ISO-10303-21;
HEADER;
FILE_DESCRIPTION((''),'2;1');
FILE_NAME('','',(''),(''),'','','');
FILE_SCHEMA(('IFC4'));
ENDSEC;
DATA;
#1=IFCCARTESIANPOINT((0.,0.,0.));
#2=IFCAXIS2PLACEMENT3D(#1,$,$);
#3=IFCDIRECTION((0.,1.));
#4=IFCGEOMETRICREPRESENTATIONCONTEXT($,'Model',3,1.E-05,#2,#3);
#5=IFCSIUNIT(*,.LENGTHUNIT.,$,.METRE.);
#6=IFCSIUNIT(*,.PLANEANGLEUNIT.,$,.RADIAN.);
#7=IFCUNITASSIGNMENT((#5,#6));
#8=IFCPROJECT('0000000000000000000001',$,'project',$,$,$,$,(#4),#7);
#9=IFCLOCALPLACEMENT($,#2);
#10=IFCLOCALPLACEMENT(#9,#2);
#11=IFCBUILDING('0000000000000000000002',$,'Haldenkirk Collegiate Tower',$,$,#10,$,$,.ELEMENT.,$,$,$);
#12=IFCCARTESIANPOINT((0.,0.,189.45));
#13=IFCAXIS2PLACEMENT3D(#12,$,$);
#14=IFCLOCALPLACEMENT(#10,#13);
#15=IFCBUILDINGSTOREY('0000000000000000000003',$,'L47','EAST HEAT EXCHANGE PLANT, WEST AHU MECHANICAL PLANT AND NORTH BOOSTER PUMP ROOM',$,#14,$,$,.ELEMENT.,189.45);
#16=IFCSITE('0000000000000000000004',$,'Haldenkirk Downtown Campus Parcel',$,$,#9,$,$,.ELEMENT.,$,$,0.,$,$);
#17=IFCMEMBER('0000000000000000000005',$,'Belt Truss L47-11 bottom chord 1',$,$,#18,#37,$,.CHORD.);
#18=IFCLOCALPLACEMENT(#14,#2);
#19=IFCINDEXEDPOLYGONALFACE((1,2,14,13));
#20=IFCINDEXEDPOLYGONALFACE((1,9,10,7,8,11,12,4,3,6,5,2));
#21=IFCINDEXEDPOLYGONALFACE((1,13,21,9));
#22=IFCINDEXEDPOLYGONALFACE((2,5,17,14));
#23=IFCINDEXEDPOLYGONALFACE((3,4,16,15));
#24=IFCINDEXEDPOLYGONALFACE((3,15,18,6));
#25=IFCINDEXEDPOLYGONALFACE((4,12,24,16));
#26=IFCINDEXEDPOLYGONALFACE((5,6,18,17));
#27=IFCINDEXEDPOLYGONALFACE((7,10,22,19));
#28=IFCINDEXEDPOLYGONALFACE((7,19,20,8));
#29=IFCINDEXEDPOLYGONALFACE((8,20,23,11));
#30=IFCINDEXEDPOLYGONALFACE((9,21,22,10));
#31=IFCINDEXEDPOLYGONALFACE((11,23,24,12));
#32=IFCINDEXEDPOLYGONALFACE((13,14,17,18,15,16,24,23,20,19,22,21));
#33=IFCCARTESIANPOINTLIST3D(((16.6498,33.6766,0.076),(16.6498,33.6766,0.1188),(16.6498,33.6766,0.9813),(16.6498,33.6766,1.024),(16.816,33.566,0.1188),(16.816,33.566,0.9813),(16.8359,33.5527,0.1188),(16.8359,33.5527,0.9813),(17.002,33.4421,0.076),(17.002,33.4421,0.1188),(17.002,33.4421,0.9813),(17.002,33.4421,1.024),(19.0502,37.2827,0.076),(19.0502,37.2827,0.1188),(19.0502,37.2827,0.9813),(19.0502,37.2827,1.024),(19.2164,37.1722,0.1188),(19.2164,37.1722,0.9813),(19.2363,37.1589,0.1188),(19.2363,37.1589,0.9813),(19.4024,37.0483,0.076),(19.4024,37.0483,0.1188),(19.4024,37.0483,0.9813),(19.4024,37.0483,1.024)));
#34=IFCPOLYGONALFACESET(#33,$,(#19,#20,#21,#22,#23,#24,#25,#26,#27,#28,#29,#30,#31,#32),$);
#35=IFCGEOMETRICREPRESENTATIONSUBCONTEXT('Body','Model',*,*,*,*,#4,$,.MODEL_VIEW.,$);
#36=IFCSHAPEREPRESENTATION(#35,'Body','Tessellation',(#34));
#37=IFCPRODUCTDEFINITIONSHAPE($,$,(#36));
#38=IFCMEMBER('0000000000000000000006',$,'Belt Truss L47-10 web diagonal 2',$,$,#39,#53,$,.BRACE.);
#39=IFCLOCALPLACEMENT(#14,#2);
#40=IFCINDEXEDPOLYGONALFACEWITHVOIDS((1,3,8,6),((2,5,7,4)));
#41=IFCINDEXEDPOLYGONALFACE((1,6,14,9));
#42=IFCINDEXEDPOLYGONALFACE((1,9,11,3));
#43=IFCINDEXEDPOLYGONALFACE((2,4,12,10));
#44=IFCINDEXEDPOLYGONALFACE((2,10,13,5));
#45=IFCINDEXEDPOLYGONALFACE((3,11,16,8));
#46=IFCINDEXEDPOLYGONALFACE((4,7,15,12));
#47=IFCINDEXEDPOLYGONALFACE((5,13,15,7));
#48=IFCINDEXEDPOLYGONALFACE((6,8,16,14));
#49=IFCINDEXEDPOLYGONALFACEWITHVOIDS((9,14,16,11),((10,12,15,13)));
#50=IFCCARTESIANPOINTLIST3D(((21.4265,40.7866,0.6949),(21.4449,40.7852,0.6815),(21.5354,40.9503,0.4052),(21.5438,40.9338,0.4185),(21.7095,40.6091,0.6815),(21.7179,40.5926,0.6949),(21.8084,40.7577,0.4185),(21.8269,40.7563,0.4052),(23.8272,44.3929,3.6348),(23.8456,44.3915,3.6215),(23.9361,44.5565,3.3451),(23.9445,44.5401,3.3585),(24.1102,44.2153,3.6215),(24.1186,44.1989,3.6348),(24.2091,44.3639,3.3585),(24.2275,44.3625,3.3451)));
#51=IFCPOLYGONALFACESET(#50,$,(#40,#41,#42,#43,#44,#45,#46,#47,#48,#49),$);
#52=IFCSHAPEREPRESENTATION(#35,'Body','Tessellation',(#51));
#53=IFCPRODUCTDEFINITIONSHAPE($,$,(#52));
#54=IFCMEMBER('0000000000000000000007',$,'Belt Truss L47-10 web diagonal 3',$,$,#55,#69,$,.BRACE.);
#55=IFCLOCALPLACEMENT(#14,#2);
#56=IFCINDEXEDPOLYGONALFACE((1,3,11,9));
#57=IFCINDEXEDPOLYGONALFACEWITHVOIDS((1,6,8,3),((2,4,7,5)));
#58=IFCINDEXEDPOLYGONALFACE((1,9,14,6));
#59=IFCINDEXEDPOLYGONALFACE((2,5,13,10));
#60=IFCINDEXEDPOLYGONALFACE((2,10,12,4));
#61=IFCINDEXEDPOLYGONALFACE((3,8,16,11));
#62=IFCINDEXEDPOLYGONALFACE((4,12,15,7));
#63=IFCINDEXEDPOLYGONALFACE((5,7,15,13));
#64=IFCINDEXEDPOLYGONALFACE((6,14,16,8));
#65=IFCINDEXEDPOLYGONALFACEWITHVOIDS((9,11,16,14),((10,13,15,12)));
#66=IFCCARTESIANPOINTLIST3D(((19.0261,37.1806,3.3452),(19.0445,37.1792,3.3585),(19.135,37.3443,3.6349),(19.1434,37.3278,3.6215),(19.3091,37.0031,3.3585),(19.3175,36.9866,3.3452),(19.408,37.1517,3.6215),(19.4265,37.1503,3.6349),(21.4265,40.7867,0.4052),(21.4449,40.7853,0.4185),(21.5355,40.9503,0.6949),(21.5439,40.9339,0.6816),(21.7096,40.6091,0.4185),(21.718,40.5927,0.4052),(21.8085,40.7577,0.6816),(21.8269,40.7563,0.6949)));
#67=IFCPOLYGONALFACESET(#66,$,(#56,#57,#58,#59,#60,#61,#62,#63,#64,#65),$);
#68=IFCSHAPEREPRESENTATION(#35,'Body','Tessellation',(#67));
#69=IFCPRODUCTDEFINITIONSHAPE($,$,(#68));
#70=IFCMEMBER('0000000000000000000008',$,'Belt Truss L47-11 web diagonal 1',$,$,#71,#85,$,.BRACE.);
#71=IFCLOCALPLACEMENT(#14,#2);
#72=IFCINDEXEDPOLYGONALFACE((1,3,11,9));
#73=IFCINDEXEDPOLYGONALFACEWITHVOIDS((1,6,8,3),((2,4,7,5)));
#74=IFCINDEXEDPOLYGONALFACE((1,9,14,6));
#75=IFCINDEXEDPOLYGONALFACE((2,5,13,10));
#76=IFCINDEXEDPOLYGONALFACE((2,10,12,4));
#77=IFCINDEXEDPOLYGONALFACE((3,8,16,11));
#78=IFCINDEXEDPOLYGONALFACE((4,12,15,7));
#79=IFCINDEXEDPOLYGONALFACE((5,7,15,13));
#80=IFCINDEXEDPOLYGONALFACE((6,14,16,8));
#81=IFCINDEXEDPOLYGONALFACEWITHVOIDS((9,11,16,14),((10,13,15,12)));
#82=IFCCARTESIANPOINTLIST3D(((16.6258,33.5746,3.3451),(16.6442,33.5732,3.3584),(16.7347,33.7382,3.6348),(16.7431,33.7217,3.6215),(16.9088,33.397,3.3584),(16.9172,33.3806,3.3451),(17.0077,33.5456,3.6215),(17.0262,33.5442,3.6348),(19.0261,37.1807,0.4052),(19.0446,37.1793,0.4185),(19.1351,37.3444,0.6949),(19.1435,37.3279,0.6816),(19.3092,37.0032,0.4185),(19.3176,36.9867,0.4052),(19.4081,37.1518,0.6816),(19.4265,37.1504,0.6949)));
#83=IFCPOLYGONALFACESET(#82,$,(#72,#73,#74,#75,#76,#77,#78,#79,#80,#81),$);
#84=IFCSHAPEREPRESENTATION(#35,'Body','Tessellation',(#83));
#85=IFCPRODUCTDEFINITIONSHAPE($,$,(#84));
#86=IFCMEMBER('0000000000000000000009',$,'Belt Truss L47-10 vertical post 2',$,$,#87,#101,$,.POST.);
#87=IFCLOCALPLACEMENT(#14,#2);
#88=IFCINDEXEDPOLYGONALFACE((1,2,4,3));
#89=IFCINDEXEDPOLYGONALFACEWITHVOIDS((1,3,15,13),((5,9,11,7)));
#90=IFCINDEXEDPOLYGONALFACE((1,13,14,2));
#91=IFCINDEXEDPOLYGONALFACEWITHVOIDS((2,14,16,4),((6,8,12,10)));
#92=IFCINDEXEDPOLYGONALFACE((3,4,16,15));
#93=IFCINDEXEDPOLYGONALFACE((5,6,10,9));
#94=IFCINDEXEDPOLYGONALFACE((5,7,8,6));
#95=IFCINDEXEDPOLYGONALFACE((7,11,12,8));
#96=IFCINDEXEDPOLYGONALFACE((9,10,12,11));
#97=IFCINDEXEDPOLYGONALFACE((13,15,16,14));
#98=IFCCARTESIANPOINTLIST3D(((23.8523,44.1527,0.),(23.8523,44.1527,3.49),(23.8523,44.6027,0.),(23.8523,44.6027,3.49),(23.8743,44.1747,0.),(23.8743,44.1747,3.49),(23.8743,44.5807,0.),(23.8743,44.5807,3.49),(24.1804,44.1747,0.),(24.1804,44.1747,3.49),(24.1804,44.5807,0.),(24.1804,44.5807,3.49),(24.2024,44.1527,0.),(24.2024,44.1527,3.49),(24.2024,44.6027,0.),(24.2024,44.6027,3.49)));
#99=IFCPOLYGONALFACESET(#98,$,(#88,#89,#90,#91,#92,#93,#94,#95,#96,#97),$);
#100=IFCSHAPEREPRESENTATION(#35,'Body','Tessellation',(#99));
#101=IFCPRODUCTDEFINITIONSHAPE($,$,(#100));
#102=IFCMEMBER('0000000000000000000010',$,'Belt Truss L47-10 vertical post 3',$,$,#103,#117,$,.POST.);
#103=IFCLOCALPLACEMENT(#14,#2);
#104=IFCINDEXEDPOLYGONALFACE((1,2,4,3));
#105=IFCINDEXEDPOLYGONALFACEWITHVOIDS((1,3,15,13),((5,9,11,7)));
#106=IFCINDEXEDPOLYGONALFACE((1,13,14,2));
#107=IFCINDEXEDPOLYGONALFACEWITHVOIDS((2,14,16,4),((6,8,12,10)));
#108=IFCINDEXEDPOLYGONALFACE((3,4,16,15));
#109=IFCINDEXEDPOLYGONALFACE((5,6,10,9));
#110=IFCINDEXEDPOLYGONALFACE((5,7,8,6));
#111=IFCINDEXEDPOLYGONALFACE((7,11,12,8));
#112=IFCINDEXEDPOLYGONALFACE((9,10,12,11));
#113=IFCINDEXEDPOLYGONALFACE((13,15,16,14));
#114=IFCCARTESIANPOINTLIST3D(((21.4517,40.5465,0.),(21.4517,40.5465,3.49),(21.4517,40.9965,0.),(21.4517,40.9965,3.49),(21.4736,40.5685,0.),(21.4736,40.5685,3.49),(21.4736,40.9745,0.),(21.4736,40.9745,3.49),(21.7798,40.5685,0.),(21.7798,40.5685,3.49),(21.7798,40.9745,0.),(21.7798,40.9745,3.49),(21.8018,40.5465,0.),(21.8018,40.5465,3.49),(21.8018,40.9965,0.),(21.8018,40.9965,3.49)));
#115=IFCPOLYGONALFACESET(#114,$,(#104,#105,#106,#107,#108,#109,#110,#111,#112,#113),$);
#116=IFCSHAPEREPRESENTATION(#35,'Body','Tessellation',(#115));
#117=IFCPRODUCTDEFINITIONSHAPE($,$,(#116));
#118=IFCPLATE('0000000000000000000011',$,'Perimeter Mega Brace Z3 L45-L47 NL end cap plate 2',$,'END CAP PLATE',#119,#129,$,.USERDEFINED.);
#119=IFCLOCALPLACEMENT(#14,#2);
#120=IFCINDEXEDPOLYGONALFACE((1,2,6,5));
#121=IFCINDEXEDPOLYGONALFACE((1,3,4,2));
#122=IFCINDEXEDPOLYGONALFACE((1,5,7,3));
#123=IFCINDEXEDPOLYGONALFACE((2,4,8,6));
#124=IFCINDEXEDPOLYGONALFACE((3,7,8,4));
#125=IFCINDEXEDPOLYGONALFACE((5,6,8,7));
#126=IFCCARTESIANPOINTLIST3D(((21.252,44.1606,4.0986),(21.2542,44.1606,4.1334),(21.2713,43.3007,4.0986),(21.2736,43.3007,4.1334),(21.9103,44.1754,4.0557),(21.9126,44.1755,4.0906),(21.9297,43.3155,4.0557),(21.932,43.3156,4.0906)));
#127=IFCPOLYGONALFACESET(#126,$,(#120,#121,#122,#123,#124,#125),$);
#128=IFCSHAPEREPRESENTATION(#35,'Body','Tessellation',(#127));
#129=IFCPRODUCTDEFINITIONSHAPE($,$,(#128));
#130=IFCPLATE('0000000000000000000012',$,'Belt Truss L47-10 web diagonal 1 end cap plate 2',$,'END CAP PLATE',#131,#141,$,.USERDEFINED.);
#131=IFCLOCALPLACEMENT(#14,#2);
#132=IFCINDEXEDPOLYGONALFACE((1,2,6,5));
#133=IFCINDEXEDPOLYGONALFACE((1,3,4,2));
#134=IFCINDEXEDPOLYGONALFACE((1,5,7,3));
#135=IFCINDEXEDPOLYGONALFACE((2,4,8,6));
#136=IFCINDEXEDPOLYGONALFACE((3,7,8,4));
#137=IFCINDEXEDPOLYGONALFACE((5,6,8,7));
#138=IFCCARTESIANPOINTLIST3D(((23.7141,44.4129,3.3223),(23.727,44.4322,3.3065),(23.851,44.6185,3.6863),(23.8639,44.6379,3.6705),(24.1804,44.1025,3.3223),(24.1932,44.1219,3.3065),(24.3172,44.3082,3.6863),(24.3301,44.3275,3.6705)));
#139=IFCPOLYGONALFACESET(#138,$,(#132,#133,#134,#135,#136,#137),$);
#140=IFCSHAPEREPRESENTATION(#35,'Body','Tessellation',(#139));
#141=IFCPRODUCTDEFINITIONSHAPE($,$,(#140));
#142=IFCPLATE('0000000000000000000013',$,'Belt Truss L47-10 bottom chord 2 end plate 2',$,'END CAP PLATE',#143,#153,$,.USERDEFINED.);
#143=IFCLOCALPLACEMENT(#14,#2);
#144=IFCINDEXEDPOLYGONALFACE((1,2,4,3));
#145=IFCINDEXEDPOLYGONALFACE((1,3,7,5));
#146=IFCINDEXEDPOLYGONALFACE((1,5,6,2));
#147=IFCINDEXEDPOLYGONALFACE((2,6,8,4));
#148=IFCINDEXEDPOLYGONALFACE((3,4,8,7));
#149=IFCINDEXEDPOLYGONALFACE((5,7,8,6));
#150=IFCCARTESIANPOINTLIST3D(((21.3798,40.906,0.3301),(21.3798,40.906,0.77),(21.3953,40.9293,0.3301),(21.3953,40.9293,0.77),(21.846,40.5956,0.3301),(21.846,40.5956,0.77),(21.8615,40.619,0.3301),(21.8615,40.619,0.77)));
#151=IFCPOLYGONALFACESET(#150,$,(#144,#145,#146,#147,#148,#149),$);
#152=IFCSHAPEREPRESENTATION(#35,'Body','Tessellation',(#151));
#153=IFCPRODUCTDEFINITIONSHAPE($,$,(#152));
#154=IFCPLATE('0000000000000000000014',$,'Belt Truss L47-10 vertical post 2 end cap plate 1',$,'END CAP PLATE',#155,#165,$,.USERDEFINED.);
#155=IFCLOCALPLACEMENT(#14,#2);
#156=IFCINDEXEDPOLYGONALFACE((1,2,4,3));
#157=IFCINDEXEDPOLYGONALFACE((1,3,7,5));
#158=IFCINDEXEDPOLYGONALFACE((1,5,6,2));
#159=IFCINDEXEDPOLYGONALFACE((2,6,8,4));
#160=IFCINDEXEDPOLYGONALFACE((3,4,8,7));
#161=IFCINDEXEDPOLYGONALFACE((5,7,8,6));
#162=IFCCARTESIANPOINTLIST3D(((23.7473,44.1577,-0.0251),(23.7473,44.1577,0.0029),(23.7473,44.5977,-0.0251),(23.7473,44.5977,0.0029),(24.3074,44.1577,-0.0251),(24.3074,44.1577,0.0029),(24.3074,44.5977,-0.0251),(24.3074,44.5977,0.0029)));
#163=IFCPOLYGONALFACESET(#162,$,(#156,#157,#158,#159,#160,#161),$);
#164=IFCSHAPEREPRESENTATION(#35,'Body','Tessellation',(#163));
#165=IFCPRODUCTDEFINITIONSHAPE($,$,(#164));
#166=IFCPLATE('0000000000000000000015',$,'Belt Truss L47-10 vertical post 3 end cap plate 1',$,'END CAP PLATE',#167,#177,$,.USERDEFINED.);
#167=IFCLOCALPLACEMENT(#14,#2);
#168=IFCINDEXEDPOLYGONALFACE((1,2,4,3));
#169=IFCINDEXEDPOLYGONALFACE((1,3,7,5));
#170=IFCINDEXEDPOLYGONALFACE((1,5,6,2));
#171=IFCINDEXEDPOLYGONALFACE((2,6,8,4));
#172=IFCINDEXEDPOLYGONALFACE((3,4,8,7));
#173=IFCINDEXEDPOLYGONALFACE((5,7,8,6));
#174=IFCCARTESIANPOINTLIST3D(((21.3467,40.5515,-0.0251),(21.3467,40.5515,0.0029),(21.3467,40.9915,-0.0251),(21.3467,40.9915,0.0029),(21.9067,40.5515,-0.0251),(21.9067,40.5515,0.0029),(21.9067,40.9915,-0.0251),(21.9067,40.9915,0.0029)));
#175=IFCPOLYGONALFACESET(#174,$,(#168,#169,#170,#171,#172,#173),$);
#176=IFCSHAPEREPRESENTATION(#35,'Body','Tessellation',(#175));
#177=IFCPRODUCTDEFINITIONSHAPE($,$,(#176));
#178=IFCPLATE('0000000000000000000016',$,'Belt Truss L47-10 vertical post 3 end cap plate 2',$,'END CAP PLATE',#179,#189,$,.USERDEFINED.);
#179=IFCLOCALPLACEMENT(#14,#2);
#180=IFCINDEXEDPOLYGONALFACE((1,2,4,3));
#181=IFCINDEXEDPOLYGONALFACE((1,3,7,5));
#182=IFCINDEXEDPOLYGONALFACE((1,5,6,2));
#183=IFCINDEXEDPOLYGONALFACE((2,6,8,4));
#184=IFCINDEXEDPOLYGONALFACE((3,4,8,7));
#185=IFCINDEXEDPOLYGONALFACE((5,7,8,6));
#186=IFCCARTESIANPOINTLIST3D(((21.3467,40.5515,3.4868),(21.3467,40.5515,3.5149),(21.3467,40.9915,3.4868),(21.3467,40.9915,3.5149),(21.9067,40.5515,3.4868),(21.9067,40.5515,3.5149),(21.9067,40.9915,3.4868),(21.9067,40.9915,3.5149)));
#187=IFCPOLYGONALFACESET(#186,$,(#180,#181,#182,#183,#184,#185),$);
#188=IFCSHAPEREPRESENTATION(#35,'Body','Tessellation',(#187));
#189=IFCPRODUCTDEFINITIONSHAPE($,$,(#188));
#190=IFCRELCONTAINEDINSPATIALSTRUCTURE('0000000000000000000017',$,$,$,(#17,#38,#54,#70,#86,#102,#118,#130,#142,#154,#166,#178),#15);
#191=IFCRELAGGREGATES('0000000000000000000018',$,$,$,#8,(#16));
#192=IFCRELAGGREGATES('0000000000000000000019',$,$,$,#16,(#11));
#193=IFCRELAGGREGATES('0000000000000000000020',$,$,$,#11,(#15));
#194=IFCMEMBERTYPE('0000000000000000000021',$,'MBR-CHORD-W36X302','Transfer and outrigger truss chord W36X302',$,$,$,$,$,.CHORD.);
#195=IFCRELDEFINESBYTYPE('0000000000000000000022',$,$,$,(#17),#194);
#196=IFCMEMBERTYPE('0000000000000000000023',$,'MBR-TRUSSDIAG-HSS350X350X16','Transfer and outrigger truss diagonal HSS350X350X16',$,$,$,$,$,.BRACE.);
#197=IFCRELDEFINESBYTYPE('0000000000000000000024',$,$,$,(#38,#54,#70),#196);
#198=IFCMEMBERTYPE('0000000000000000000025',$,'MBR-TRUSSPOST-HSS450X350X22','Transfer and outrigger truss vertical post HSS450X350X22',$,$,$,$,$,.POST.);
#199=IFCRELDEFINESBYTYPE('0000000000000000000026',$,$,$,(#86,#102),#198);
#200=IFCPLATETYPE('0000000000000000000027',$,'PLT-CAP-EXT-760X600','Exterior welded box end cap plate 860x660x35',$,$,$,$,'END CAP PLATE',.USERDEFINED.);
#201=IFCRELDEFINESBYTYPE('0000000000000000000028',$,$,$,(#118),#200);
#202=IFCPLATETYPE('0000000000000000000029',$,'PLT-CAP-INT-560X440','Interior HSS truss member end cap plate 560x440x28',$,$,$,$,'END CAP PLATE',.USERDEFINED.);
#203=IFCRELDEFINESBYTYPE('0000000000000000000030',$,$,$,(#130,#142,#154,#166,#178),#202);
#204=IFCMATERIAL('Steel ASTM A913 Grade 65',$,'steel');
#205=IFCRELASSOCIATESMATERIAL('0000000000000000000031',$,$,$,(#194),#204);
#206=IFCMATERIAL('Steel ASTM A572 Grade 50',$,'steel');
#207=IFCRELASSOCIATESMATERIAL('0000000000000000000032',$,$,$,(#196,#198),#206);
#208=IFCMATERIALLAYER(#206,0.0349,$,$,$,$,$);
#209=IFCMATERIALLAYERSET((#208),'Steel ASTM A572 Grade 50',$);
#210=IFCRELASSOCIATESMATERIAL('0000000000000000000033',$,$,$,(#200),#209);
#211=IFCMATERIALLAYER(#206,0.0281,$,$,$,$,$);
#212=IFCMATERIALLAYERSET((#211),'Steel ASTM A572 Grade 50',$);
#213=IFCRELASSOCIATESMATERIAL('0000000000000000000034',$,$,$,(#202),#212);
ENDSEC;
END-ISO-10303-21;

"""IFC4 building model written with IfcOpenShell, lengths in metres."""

from ifc_helpers import new_model, si_unit, direction, frame, origin, origin_2d, place, context, subcontext, project, spatial, rectangle, hollow_rectangle, i_section, extrude, source, transform, mapped, material, layer, layer_set, material_profile, profile_set, type_object, element, save


model = new_model("IFC4")

# Units and contexts
model_context = context("Model", 3, precision=1e-05, world=origin(), true_north=direction((0.0, 1.0)))
body_context = subcontext(model_context, "Body", "Model", "MODEL_VIEW")
ifc_project = project(units=[si_unit("LENGTHUNIT", "METRE"), si_unit("PLANEANGLEUNIT", "RADIAN")], contexts=[model_context])

# Site, building, storey
site_placement = place(None, origin())
site = spatial("IfcSite", under=ifc_project, at=site_placement, Name="Haldenkirk Downtown Campus Parcel", CompositionType="ELEMENT", RefElevation=0.0)
building_placement = place(site_placement, origin())
building = spatial("IfcBuilding", under=site, at=building_placement, Name="Haldenkirk Collegiate Tower", CompositionType="ELEMENT")
storey_placement = place(building_placement, frame((0.0, 0.0, 189.45)))
storey = spatial("IfcBuildingStorey", under=building, at=storey_placement, Name="L47", Description="EAST HEAT EXCHANGE PLANT, WEST AHU MECHANICAL PLANT AND NORTH BOOSTER PUMP ROOM", CompositionType="ELEMENT", Elevation=189.45)

# Shared definitions
ifc_material_1 = material(Name="Steel ASTM A913 Grade 65", Category="steel")

# Members
ifc_material_2 = material(Name="Steel ASTM A572 Grade 50", Category="steel")
ifc_material_profile_1 = material_profile(ifc_material_1, i_section(OverallWidth=0.4231, OverallDepth=0.948, WebThickness=0.0239, FlangeThickness=0.0427, at=origin_2d()), Name="W36X302")
ifc_profile_set_1 = profile_set([ifc_material_profile_1], Name="Steel ASTM A913 Grade 65")
member_type_1 = type_object("IfcMemberType", Name="MBR-CHORD-W36X302", Description="Transfer and outrigger truss chord W36X302", PredefinedType="CHORD", material=ifc_profile_set_1)
member_1_placement = place(storey_placement, frame((19.2263, 37.1655, 0.55), z_axis=(-0.554102, -0.832449, 0.0), x_axis=(0.832449, -0.554102, 0.0)))
element("IfcMember", 1, at=member_1_placement, inside=storey, type_object=member_type_1, Name="Belt Truss L47-11 bottom chord 1", PredefinedType="CHORD", context=body_context, shape_type="SweptSolid", body=[
    extrude(i_section(OverallWidth=0.4231, OverallDepth=0.948, WebThickness=0.0239, FlangeThickness=0.0427, at=origin_2d()), origin(), (0.0, 0.0, 1.0), 4.332),
])
ifc_material_profile_2 = material_profile(ifc_material_2, hollow_rectangle(XDim=0.3501, YDim=0.3501, WallThickness=0.0161, at=origin_2d()), Name="HSS350X350X16")
ifc_profile_set_2 = profile_set([ifc_material_profile_2], Name="Steel ASTM A572 Grade 50")
member_type_2 = type_object("IfcMemberType", Name="MBR-TRUSSDIAG-HSS350X350X16", Description="Transfer and outrigger truss diagonal HSS350X350X16", PredefinedType="BRACE", material=ifc_profile_set_2)
member_2_placement = place(storey_placement, frame((24.0273, 44.3777, 3.49), z_axis=(-0.458526, -0.688791, -0.561534), x_axis=(0.832423, -0.554141, 0.0)))
element("IfcMember", 2, at=member_2_placement, inside=storey, type_object=member_type_2, Name="Belt Truss L47-10 web diagonal 2", PredefinedType="BRACE", context=body_context, shape_type="SweptSolid", body=[
    extrude(hollow_rectangle(XDim=0.3501, YDim=0.3501, WallThickness=0.0161, at=origin_2d()), origin(), (0.0, 0.0, 1.0), 5.2356),
])
for number, where, z_axis, x_axis, name in (
    (3, (21.6267, 40.7715, 0.55), (-0.458504, -0.688781, 0.561564), (0.832432, -0.554128, 0.0), "Belt Truss L47-10 web diagonal 3"),
    (4, (19.2263, 37.1655, 0.55), (-0.458489, -0.688806, 0.561546), (0.832449, -0.554102, 0.0), "Belt Truss L47-11 web diagonal 1"),
):
    element("IfcMember", number, at=place(storey_placement, frame(where, z_axis=z_axis, x_axis=x_axis)), inside=storey, type_object=member_type_2, Name=name, PredefinedType="BRACE", context=body_context, shape_type="SweptSolid", body=[
        extrude(hollow_rectangle(XDim=0.3501, YDim=0.3501, WallThickness=0.0161, at=origin_2d()), origin(), (0.0, 0.0, 1.0), 5.2354),
    ])
ifc_material_profile_3 = material_profile(ifc_material_2, hollow_rectangle(XDim=0.3501, YDim=0.45, WallThickness=0.022, at=origin_2d()), Name="HSS450X350X22")
ifc_profile_set_3 = profile_set([ifc_material_profile_3], Name="Steel ASTM A572 Grade 50")
member_type_3 = type_object("IfcMemberType", Name="MBR-TRUSSPOST-HSS450X350X22", Description="Transfer and outrigger truss vertical post HSS450X350X22", PredefinedType="POST", material=ifc_profile_set_3)
for number, where, z_axis, x_axis, name in (
    (5, (24.0273, 44.3777, 0.0), (0.0, 0.0, 1.0), (1.0, 0.0, 0.0), "Belt Truss L47-10 vertical post 2"),
    (6, (21.6267, 40.7715, 0.0), (0.0, 0.0, 1.0), (1.0, 0.0, 0.0), "Belt Truss L47-10 vertical post 3"),
):
    element("IfcMember", number, at=place(storey_placement, frame(where, z_axis=z_axis, x_axis=x_axis)), inside=storey, type_object=member_type_3, Name=name, PredefinedType="POST", context=body_context, shape_type="SweptSolid", body=[
        extrude(hollow_rectangle(XDim=0.3501, YDim=0.45, WallThickness=0.022, at=origin_2d()), origin(), (0.0, 0.0, 1.0), 3.49),
    ])

# Plates
ifc_layer_1 = layer(ifc_material_2, 0.0349)
ifc_layer_set_1 = layer_set([ifc_layer_1], Name="Steel ASTM A572 Grade 50")
plate_type_1 = type_object("IfcPlateType", Name="PLT-CAP-EXT-760X600", Description="Exterior welded box end cap plate 860x660x35", ElementType="END CAP PLATE", PredefinedType="USERDEFINED", material=ifc_layer_set_1)
shared_shape_1 = source(origin(), body_context, "Body", "SweptSolid", [
    extrude(rectangle(XDim=0.8601, YDim=0.6599, at=origin_2d()), origin(), (0.0, 0.0, 1.0), 0.0349),
])
plate_placement = place(storey_placement, frame((21.5908, 43.738, 4.0771), z_axis=(0.064855, 0.001462, 0.997894), x_axis=(-0.02253, 0.999746, 0.0)))
element("IfcPlate", 7, at=plate_placement, inside=storey, type_object=plate_type_1, Name="Perimeter Mega Brace Z3 L45-L47 NL end cap plate 2", ObjectType="END CAP PLATE", PredefinedType="USERDEFINED", context=body_context, shape_type="MappedRepresentation", body=[
    mapped(shared_shape_1, transform((0.0, 0.0, 0.0), x_axis=(1.0, 0.0, 0.0), y_axis=(0.0, 1.0, 0.0), z_axis=(0.0, 0.0, 1.0), scale=1.0)),
])
ifc_layer_2 = layer(ifc_material_2, 0.0281)
ifc_layer_set_2 = layer_set([ifc_layer_2], Name="Steel ASTM A572 Grade 50")
plate_type_2 = type_object("IfcPlateType", Name="PLT-CAP-INT-560X440", Description="Interior HSS truss member end cap plate 560x440x28", ElementType="END CAP PLATE", PredefinedType="USERDEFINED", material=ifc_layer_set_2)
shared_shape_2 = source(origin(), body_context, "Body", "SweptSolid", [
    extrude(rectangle(XDim=0.5601, YDim=0.4399, at=origin_2d()), origin(), (0.0, 0.0, 1.0), 0.0281),
])
for number, where, z_axis, x_axis, name in (
    (8, (24.0286, 44.3799, 3.4885), (-0.458494, -0.688791, 0.561561), (0.832441, -0.554114, 0.0), "Belt Truss L47-10 web diagonal 1 end cap plate 2"),
    (9, (21.6284, 40.7742, 0.55), (-0.554119, -0.832437, 0.0), (0.832437, -0.554119, 0.0), "Belt Truss L47-10 bottom chord 2 end plate 2"),
    (10, (24.0273, 44.3777, 0.0029), (0.0, 0.0, -1.0), (1.0, 0.0, 0.0), "Belt Truss L47-10 vertical post 2 end cap plate 1"),
    (11, (21.6267, 40.7715, 0.0029), (0.0, 0.0, -1.0), (1.0, 0.0, 0.0), "Belt Truss L47-10 vertical post 3 end cap plate 1"),
    (12, (21.6267, 40.7715, 3.4868), (0.0, 0.0, 1.0), (1.0, 0.0, 0.0), "Belt Truss L47-10 vertical post 3 end cap plate 2"),
):
    element("IfcPlate", number, at=place(storey_placement, frame(where, z_axis=z_axis, x_axis=x_axis)), inside=storey, type_object=plate_type_2, Name=name, ObjectType="END CAP PLATE", PredefinedType="USERDEFINED", context=body_context, shape_type="MappedRepresentation", body=[
        mapped(shared_shape_2, transform((0.0, 0.0, 0.0), x_axis=(1.0, 0.0, 0.0), y_axis=(0.0, 1.0, 0.0), z_axis=(0.0, 0.0, 1.0), scale=1.0)),
    ])

save(model, "model.ifc")
